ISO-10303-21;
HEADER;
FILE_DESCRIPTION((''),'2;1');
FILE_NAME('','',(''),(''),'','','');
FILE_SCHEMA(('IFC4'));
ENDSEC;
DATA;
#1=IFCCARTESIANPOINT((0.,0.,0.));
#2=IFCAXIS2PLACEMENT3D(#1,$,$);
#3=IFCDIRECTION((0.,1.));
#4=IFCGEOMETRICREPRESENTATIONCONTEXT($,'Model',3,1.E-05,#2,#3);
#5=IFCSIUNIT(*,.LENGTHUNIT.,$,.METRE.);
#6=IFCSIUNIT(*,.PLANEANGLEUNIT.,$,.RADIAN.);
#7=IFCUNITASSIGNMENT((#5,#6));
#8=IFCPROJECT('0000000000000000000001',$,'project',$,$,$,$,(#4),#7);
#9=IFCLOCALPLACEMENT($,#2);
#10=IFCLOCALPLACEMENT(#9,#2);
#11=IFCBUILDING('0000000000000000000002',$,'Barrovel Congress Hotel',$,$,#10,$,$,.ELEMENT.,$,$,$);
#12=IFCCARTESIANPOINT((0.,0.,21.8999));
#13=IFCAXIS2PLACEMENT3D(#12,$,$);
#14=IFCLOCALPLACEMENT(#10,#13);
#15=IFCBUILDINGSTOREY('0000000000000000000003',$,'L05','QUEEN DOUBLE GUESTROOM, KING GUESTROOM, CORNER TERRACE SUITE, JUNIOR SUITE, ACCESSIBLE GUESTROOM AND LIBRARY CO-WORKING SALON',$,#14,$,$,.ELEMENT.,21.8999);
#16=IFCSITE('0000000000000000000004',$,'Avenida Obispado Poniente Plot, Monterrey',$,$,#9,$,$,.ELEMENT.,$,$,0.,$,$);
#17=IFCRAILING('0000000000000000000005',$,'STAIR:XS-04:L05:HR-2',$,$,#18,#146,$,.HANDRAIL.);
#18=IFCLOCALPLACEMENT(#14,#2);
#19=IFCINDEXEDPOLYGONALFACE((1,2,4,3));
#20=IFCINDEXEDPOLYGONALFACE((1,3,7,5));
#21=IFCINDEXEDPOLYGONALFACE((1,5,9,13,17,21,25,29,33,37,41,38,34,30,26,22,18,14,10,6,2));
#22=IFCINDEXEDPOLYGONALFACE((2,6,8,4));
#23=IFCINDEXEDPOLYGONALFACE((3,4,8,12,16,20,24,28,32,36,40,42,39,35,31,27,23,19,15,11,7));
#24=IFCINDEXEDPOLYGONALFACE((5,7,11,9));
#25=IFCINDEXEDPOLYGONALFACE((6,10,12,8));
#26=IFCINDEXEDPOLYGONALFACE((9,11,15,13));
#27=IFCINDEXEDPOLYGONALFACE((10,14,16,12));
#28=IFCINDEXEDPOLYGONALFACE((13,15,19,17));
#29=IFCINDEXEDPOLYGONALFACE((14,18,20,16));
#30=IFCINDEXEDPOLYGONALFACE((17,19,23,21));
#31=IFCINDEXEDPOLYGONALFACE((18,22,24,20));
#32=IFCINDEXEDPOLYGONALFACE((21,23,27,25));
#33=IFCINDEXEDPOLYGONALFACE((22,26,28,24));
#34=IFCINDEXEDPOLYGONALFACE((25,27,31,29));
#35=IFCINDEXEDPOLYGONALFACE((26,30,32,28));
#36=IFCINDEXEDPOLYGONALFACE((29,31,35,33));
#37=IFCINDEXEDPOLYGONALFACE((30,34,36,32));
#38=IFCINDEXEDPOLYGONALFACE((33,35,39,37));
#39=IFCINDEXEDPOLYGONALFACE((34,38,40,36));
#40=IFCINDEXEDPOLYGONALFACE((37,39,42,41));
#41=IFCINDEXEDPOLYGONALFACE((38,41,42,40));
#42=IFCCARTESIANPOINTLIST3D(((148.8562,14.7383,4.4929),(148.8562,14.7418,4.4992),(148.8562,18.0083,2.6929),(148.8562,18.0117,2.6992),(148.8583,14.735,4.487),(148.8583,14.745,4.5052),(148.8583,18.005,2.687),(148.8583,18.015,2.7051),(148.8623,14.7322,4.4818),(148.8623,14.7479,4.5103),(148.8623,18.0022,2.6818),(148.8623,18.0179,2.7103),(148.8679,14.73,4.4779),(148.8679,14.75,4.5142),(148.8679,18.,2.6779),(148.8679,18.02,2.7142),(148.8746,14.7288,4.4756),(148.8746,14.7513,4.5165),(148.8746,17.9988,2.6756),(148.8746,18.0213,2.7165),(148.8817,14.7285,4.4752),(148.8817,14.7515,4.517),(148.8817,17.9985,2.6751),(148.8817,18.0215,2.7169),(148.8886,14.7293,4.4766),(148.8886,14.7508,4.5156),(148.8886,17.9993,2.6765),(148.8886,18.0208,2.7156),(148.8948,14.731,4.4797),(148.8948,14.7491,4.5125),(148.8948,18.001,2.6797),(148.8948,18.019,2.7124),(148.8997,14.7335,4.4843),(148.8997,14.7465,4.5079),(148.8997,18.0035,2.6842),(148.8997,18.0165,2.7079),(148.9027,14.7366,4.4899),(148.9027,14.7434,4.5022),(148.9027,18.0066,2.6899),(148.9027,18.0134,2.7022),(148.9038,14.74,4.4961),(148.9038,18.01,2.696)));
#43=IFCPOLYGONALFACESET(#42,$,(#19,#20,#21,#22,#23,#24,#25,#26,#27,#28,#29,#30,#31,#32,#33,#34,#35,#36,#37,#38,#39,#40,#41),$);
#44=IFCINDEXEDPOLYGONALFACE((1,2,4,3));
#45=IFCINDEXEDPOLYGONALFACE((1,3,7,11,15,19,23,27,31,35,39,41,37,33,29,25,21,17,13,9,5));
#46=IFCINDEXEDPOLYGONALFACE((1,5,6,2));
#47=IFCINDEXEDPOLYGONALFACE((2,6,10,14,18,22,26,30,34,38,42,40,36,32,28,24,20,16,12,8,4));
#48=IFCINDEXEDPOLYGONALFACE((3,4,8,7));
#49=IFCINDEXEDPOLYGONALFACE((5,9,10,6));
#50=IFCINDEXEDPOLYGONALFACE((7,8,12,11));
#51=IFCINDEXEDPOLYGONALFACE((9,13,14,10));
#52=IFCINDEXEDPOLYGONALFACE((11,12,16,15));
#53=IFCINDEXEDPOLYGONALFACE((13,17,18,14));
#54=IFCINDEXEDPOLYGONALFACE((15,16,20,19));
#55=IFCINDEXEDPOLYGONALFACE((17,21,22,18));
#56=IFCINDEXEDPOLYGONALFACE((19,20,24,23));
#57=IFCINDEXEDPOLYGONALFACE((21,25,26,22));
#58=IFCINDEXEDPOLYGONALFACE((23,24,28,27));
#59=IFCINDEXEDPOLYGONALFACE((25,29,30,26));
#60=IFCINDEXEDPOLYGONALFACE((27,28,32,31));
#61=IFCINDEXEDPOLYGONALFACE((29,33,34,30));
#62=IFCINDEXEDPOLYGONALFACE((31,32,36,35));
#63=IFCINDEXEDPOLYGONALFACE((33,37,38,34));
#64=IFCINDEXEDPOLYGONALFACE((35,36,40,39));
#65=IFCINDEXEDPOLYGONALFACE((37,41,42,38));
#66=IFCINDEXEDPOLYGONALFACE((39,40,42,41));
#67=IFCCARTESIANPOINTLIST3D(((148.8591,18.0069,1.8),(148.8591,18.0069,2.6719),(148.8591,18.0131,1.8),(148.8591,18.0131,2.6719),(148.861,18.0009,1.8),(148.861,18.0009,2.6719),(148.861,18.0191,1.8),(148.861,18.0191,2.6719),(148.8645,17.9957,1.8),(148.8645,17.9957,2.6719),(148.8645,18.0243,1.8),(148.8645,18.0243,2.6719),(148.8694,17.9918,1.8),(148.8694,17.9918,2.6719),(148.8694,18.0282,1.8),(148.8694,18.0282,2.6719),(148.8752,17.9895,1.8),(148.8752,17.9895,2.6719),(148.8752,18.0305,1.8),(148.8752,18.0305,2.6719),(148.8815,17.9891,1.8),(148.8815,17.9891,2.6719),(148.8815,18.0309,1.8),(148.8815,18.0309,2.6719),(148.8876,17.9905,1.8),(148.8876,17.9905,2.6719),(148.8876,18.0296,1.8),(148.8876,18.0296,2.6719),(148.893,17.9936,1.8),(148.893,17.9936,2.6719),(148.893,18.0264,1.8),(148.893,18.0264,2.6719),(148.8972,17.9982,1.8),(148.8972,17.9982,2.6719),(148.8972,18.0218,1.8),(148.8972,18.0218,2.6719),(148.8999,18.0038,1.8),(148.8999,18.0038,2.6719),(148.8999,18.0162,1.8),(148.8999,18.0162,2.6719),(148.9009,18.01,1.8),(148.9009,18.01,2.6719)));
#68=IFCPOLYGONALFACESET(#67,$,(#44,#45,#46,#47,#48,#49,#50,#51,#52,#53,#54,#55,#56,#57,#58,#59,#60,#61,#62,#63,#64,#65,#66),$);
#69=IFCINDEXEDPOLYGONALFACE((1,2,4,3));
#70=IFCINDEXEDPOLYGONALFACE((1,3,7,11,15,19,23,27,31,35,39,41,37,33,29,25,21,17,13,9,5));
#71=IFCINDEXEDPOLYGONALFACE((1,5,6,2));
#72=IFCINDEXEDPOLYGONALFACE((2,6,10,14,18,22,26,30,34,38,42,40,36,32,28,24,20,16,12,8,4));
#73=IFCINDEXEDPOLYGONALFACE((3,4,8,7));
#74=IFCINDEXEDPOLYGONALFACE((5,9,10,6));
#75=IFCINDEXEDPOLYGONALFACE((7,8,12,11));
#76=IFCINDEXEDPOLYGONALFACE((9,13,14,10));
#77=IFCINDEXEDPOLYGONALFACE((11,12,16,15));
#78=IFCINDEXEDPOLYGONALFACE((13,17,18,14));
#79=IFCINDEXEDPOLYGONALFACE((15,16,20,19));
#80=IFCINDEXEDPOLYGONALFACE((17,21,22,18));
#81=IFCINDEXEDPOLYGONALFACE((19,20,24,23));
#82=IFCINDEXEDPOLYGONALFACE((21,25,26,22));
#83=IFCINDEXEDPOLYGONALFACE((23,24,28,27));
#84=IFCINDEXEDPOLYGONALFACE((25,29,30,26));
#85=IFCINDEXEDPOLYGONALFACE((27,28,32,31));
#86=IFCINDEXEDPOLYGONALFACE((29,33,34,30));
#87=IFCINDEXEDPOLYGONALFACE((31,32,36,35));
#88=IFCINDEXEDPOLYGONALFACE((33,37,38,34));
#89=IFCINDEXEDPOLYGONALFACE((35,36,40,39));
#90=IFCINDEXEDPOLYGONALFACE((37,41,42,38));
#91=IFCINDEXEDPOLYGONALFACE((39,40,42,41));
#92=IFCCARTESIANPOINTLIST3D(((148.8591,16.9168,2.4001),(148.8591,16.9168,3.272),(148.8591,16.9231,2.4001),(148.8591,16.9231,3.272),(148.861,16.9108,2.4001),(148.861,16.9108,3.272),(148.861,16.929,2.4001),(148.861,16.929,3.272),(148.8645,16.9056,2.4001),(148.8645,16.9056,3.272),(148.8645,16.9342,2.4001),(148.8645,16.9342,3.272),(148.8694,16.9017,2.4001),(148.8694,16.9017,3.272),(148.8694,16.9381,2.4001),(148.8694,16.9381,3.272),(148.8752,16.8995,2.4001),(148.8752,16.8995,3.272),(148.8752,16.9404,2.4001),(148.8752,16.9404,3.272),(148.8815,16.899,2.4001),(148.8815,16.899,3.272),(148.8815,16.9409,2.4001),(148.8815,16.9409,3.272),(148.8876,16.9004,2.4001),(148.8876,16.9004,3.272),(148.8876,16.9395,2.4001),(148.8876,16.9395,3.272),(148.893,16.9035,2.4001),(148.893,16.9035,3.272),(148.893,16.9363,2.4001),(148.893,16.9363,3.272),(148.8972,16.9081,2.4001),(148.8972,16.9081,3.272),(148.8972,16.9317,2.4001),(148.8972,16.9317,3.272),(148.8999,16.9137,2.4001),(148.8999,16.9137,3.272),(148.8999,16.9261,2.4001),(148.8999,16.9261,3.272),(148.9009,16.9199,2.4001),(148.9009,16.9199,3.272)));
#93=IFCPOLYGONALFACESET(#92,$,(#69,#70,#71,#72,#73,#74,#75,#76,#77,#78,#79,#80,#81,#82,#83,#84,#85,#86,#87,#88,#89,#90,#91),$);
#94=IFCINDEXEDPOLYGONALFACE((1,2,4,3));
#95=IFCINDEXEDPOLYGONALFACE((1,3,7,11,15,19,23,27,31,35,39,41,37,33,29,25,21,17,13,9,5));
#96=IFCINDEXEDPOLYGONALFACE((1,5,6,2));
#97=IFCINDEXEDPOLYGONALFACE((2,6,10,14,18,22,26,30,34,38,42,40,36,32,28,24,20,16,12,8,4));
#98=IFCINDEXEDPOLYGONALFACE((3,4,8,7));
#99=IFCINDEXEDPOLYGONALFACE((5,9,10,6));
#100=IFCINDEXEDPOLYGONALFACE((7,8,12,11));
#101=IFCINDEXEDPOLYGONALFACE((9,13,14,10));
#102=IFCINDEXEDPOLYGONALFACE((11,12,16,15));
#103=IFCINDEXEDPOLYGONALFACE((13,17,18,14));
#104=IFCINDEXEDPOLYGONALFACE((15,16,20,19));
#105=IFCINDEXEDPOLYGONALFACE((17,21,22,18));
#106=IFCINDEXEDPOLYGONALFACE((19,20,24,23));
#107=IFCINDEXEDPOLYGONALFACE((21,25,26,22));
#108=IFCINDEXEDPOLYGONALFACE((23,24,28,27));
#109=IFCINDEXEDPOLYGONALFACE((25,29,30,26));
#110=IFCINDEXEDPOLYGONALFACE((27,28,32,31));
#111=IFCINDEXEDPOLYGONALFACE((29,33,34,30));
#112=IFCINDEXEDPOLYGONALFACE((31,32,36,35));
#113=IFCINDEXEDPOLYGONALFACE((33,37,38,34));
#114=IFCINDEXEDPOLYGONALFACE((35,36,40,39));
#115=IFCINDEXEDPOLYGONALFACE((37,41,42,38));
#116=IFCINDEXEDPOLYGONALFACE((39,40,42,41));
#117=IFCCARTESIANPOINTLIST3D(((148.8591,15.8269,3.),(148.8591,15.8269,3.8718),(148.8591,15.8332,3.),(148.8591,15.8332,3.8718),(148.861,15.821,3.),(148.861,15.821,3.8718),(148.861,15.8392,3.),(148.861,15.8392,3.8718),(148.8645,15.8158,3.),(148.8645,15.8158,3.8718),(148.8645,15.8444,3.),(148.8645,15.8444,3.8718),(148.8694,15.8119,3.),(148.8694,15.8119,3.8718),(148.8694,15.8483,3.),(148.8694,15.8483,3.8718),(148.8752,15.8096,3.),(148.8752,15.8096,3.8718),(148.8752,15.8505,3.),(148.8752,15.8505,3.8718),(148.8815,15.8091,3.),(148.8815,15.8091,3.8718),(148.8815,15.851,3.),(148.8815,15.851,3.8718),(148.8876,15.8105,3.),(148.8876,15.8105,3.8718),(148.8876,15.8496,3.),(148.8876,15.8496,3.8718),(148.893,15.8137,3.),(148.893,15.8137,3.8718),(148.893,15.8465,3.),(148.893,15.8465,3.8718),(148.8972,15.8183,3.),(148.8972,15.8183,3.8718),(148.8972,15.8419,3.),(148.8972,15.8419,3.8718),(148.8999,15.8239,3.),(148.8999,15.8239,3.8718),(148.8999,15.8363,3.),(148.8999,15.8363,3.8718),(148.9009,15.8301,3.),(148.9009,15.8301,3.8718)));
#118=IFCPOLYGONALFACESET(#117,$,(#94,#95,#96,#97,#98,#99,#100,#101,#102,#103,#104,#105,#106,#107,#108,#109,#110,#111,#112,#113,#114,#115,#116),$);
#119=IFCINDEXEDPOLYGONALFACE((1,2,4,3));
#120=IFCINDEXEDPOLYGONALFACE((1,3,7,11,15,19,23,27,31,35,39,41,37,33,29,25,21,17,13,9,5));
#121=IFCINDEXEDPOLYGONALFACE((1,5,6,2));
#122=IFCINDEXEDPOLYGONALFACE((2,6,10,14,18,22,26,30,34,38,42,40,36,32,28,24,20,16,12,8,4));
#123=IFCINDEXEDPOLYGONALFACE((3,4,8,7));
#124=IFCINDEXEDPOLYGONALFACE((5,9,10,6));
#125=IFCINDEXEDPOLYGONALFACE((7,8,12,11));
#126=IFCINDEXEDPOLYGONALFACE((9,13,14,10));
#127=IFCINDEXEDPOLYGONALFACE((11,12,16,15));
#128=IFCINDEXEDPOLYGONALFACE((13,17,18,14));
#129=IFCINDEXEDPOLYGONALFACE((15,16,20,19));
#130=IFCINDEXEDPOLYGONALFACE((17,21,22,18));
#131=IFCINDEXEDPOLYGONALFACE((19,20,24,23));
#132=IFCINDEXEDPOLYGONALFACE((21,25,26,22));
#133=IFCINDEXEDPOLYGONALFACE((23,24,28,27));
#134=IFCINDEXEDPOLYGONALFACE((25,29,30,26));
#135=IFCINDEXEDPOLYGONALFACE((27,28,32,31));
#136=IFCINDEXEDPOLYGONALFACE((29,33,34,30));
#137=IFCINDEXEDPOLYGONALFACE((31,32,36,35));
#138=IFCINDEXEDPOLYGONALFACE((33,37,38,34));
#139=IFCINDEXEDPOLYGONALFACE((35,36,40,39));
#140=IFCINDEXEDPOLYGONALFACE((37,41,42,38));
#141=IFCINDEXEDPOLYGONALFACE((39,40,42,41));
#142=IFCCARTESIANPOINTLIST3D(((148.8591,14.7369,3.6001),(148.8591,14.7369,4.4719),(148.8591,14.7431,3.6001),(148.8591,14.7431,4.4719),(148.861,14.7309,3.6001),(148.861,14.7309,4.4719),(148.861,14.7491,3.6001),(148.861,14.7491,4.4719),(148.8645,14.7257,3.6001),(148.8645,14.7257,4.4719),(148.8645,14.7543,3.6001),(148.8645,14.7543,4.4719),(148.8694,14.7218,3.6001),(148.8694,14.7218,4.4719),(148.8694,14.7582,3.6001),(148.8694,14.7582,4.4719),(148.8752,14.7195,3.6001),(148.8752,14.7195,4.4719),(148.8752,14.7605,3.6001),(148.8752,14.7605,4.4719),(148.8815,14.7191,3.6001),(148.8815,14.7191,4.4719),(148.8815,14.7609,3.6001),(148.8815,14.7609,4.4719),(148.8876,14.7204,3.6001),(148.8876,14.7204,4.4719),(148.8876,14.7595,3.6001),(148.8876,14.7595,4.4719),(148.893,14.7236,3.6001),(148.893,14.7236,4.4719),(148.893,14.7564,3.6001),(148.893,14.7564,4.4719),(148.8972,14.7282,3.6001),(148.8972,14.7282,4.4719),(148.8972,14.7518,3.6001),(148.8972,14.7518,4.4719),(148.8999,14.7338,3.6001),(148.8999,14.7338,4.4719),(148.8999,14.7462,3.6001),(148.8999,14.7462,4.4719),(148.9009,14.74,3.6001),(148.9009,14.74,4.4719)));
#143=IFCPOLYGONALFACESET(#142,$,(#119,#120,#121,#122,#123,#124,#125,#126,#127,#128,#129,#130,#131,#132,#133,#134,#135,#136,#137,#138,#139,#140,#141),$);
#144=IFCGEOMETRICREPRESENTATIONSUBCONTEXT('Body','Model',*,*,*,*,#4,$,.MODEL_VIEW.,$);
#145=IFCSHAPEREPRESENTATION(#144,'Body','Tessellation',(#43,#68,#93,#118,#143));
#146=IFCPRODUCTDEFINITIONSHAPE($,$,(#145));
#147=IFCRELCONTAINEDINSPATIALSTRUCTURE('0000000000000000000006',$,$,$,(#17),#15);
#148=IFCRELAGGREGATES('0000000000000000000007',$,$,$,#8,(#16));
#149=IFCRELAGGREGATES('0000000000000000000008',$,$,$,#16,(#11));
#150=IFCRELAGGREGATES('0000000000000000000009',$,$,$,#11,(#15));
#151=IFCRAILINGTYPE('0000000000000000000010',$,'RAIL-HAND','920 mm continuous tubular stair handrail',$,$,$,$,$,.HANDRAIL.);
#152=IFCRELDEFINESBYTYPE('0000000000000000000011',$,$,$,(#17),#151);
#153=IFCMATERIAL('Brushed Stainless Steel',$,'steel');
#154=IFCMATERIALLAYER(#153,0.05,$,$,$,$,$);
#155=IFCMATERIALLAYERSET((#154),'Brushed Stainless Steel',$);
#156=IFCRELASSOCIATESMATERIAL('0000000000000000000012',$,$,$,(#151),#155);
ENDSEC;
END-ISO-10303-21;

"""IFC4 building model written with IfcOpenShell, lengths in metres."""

from ifc_helpers import new_model, si_unit, direction, frame, origin, origin_2d, place, context, subcontext, project, spatial, circle, extrude, material, layer, layer_set, type_object, element, save


model = new_model("IFC4")

# Units and contexts
model_context = context("Model", 3, precision=1e-05, world=origin(), true_north=direction((0.0, 1.0)))
body_context = subcontext(model_context, "Body", "Model", "MODEL_VIEW")
ifc_project = project(units=[si_unit("LENGTHUNIT", "METRE"), si_unit("PLANEANGLEUNIT", "RADIAN")], contexts=[model_context])

# Site, building, storey
site_placement = place(None, origin())
site = spatial("IfcSite", under=ifc_project, at=site_placement, Name="Avenida Obispado Poniente Plot, Monterrey", CompositionType="ELEMENT", RefElevation=0.0)
building_placement = place(site_placement, origin())
building = spatial("IfcBuilding", under=site, at=building_placement, Name="Barrovel Congress Hotel", CompositionType="ELEMENT")
storey_placement = place(building_placement, frame((0.0, 0.0, 21.8999)))
storey = spatial("IfcBuildingStorey", under=building, at=storey_placement, Name="L05", Description="QUEEN DOUBLE GUESTROOM, KING GUESTROOM, CORNER TERRACE SUITE, JUNIOR SUITE, ACCESSIBLE GUESTROOM AND LIBRARY CO-WORKING SALON", CompositionType="ELEMENT", Elevation=21.8999)

# Railing
ifc_material_1 = material(Name="Brushed Stainless Steel", Category="steel")
ifc_layer_1 = layer(ifc_material_1, 0.05)
ifc_layer_set_1 = layer_set([ifc_layer_1], Name="Brushed Stainless Steel")
railing_type_1 = type_object("IfcRailingType", Name="RAIL-HAND", Description="920 mm continuous tubular stair handrail", PredefinedType="HANDRAIL", material=ifc_layer_set_1)
railing_1_placement = place(storey_placement, frame((148.8799, 18.01, 1.8)))
element("IfcRailing", 1, at=railing_1_placement, inside=storey, type_object=railing_type_1, Name="STAIR:XS-04:L05:HR-2", PredefinedType="HANDRAIL", context=body_context, shape_type="SweptSolid", body=[
    extrude(circle(Radius=0.0239, at=origin_2d()), frame((0.0, 0.0, 0.896), z_axis=(0.0, -0.876042, 0.482235), x_axis=(1.0, 0.0, 0.0)), (0.0, 0.0, 1.0), 3.7327),
    extrude(circle(Radius=0.021, at=origin_2d()), origin(), (0.0, 0.0, 1.0), 0.8718),
    extrude(circle(Radius=0.021, at=origin_2d()), frame((0.0, -1.0901, 0.6001)), (0.0, 0.0, 1.0), 0.8718),
    extrude(circle(Radius=0.021, at=origin_2d()), frame((0.0, -2.1799, 1.2)), (0.0, 0.0, 1.0), 0.8718),
    extrude(circle(Radius=0.021, at=origin_2d()), frame((0.0, -3.27, 1.8)), (0.0, 0.0, 1.0), 0.8718),
])

save(model, "model.ifc")
